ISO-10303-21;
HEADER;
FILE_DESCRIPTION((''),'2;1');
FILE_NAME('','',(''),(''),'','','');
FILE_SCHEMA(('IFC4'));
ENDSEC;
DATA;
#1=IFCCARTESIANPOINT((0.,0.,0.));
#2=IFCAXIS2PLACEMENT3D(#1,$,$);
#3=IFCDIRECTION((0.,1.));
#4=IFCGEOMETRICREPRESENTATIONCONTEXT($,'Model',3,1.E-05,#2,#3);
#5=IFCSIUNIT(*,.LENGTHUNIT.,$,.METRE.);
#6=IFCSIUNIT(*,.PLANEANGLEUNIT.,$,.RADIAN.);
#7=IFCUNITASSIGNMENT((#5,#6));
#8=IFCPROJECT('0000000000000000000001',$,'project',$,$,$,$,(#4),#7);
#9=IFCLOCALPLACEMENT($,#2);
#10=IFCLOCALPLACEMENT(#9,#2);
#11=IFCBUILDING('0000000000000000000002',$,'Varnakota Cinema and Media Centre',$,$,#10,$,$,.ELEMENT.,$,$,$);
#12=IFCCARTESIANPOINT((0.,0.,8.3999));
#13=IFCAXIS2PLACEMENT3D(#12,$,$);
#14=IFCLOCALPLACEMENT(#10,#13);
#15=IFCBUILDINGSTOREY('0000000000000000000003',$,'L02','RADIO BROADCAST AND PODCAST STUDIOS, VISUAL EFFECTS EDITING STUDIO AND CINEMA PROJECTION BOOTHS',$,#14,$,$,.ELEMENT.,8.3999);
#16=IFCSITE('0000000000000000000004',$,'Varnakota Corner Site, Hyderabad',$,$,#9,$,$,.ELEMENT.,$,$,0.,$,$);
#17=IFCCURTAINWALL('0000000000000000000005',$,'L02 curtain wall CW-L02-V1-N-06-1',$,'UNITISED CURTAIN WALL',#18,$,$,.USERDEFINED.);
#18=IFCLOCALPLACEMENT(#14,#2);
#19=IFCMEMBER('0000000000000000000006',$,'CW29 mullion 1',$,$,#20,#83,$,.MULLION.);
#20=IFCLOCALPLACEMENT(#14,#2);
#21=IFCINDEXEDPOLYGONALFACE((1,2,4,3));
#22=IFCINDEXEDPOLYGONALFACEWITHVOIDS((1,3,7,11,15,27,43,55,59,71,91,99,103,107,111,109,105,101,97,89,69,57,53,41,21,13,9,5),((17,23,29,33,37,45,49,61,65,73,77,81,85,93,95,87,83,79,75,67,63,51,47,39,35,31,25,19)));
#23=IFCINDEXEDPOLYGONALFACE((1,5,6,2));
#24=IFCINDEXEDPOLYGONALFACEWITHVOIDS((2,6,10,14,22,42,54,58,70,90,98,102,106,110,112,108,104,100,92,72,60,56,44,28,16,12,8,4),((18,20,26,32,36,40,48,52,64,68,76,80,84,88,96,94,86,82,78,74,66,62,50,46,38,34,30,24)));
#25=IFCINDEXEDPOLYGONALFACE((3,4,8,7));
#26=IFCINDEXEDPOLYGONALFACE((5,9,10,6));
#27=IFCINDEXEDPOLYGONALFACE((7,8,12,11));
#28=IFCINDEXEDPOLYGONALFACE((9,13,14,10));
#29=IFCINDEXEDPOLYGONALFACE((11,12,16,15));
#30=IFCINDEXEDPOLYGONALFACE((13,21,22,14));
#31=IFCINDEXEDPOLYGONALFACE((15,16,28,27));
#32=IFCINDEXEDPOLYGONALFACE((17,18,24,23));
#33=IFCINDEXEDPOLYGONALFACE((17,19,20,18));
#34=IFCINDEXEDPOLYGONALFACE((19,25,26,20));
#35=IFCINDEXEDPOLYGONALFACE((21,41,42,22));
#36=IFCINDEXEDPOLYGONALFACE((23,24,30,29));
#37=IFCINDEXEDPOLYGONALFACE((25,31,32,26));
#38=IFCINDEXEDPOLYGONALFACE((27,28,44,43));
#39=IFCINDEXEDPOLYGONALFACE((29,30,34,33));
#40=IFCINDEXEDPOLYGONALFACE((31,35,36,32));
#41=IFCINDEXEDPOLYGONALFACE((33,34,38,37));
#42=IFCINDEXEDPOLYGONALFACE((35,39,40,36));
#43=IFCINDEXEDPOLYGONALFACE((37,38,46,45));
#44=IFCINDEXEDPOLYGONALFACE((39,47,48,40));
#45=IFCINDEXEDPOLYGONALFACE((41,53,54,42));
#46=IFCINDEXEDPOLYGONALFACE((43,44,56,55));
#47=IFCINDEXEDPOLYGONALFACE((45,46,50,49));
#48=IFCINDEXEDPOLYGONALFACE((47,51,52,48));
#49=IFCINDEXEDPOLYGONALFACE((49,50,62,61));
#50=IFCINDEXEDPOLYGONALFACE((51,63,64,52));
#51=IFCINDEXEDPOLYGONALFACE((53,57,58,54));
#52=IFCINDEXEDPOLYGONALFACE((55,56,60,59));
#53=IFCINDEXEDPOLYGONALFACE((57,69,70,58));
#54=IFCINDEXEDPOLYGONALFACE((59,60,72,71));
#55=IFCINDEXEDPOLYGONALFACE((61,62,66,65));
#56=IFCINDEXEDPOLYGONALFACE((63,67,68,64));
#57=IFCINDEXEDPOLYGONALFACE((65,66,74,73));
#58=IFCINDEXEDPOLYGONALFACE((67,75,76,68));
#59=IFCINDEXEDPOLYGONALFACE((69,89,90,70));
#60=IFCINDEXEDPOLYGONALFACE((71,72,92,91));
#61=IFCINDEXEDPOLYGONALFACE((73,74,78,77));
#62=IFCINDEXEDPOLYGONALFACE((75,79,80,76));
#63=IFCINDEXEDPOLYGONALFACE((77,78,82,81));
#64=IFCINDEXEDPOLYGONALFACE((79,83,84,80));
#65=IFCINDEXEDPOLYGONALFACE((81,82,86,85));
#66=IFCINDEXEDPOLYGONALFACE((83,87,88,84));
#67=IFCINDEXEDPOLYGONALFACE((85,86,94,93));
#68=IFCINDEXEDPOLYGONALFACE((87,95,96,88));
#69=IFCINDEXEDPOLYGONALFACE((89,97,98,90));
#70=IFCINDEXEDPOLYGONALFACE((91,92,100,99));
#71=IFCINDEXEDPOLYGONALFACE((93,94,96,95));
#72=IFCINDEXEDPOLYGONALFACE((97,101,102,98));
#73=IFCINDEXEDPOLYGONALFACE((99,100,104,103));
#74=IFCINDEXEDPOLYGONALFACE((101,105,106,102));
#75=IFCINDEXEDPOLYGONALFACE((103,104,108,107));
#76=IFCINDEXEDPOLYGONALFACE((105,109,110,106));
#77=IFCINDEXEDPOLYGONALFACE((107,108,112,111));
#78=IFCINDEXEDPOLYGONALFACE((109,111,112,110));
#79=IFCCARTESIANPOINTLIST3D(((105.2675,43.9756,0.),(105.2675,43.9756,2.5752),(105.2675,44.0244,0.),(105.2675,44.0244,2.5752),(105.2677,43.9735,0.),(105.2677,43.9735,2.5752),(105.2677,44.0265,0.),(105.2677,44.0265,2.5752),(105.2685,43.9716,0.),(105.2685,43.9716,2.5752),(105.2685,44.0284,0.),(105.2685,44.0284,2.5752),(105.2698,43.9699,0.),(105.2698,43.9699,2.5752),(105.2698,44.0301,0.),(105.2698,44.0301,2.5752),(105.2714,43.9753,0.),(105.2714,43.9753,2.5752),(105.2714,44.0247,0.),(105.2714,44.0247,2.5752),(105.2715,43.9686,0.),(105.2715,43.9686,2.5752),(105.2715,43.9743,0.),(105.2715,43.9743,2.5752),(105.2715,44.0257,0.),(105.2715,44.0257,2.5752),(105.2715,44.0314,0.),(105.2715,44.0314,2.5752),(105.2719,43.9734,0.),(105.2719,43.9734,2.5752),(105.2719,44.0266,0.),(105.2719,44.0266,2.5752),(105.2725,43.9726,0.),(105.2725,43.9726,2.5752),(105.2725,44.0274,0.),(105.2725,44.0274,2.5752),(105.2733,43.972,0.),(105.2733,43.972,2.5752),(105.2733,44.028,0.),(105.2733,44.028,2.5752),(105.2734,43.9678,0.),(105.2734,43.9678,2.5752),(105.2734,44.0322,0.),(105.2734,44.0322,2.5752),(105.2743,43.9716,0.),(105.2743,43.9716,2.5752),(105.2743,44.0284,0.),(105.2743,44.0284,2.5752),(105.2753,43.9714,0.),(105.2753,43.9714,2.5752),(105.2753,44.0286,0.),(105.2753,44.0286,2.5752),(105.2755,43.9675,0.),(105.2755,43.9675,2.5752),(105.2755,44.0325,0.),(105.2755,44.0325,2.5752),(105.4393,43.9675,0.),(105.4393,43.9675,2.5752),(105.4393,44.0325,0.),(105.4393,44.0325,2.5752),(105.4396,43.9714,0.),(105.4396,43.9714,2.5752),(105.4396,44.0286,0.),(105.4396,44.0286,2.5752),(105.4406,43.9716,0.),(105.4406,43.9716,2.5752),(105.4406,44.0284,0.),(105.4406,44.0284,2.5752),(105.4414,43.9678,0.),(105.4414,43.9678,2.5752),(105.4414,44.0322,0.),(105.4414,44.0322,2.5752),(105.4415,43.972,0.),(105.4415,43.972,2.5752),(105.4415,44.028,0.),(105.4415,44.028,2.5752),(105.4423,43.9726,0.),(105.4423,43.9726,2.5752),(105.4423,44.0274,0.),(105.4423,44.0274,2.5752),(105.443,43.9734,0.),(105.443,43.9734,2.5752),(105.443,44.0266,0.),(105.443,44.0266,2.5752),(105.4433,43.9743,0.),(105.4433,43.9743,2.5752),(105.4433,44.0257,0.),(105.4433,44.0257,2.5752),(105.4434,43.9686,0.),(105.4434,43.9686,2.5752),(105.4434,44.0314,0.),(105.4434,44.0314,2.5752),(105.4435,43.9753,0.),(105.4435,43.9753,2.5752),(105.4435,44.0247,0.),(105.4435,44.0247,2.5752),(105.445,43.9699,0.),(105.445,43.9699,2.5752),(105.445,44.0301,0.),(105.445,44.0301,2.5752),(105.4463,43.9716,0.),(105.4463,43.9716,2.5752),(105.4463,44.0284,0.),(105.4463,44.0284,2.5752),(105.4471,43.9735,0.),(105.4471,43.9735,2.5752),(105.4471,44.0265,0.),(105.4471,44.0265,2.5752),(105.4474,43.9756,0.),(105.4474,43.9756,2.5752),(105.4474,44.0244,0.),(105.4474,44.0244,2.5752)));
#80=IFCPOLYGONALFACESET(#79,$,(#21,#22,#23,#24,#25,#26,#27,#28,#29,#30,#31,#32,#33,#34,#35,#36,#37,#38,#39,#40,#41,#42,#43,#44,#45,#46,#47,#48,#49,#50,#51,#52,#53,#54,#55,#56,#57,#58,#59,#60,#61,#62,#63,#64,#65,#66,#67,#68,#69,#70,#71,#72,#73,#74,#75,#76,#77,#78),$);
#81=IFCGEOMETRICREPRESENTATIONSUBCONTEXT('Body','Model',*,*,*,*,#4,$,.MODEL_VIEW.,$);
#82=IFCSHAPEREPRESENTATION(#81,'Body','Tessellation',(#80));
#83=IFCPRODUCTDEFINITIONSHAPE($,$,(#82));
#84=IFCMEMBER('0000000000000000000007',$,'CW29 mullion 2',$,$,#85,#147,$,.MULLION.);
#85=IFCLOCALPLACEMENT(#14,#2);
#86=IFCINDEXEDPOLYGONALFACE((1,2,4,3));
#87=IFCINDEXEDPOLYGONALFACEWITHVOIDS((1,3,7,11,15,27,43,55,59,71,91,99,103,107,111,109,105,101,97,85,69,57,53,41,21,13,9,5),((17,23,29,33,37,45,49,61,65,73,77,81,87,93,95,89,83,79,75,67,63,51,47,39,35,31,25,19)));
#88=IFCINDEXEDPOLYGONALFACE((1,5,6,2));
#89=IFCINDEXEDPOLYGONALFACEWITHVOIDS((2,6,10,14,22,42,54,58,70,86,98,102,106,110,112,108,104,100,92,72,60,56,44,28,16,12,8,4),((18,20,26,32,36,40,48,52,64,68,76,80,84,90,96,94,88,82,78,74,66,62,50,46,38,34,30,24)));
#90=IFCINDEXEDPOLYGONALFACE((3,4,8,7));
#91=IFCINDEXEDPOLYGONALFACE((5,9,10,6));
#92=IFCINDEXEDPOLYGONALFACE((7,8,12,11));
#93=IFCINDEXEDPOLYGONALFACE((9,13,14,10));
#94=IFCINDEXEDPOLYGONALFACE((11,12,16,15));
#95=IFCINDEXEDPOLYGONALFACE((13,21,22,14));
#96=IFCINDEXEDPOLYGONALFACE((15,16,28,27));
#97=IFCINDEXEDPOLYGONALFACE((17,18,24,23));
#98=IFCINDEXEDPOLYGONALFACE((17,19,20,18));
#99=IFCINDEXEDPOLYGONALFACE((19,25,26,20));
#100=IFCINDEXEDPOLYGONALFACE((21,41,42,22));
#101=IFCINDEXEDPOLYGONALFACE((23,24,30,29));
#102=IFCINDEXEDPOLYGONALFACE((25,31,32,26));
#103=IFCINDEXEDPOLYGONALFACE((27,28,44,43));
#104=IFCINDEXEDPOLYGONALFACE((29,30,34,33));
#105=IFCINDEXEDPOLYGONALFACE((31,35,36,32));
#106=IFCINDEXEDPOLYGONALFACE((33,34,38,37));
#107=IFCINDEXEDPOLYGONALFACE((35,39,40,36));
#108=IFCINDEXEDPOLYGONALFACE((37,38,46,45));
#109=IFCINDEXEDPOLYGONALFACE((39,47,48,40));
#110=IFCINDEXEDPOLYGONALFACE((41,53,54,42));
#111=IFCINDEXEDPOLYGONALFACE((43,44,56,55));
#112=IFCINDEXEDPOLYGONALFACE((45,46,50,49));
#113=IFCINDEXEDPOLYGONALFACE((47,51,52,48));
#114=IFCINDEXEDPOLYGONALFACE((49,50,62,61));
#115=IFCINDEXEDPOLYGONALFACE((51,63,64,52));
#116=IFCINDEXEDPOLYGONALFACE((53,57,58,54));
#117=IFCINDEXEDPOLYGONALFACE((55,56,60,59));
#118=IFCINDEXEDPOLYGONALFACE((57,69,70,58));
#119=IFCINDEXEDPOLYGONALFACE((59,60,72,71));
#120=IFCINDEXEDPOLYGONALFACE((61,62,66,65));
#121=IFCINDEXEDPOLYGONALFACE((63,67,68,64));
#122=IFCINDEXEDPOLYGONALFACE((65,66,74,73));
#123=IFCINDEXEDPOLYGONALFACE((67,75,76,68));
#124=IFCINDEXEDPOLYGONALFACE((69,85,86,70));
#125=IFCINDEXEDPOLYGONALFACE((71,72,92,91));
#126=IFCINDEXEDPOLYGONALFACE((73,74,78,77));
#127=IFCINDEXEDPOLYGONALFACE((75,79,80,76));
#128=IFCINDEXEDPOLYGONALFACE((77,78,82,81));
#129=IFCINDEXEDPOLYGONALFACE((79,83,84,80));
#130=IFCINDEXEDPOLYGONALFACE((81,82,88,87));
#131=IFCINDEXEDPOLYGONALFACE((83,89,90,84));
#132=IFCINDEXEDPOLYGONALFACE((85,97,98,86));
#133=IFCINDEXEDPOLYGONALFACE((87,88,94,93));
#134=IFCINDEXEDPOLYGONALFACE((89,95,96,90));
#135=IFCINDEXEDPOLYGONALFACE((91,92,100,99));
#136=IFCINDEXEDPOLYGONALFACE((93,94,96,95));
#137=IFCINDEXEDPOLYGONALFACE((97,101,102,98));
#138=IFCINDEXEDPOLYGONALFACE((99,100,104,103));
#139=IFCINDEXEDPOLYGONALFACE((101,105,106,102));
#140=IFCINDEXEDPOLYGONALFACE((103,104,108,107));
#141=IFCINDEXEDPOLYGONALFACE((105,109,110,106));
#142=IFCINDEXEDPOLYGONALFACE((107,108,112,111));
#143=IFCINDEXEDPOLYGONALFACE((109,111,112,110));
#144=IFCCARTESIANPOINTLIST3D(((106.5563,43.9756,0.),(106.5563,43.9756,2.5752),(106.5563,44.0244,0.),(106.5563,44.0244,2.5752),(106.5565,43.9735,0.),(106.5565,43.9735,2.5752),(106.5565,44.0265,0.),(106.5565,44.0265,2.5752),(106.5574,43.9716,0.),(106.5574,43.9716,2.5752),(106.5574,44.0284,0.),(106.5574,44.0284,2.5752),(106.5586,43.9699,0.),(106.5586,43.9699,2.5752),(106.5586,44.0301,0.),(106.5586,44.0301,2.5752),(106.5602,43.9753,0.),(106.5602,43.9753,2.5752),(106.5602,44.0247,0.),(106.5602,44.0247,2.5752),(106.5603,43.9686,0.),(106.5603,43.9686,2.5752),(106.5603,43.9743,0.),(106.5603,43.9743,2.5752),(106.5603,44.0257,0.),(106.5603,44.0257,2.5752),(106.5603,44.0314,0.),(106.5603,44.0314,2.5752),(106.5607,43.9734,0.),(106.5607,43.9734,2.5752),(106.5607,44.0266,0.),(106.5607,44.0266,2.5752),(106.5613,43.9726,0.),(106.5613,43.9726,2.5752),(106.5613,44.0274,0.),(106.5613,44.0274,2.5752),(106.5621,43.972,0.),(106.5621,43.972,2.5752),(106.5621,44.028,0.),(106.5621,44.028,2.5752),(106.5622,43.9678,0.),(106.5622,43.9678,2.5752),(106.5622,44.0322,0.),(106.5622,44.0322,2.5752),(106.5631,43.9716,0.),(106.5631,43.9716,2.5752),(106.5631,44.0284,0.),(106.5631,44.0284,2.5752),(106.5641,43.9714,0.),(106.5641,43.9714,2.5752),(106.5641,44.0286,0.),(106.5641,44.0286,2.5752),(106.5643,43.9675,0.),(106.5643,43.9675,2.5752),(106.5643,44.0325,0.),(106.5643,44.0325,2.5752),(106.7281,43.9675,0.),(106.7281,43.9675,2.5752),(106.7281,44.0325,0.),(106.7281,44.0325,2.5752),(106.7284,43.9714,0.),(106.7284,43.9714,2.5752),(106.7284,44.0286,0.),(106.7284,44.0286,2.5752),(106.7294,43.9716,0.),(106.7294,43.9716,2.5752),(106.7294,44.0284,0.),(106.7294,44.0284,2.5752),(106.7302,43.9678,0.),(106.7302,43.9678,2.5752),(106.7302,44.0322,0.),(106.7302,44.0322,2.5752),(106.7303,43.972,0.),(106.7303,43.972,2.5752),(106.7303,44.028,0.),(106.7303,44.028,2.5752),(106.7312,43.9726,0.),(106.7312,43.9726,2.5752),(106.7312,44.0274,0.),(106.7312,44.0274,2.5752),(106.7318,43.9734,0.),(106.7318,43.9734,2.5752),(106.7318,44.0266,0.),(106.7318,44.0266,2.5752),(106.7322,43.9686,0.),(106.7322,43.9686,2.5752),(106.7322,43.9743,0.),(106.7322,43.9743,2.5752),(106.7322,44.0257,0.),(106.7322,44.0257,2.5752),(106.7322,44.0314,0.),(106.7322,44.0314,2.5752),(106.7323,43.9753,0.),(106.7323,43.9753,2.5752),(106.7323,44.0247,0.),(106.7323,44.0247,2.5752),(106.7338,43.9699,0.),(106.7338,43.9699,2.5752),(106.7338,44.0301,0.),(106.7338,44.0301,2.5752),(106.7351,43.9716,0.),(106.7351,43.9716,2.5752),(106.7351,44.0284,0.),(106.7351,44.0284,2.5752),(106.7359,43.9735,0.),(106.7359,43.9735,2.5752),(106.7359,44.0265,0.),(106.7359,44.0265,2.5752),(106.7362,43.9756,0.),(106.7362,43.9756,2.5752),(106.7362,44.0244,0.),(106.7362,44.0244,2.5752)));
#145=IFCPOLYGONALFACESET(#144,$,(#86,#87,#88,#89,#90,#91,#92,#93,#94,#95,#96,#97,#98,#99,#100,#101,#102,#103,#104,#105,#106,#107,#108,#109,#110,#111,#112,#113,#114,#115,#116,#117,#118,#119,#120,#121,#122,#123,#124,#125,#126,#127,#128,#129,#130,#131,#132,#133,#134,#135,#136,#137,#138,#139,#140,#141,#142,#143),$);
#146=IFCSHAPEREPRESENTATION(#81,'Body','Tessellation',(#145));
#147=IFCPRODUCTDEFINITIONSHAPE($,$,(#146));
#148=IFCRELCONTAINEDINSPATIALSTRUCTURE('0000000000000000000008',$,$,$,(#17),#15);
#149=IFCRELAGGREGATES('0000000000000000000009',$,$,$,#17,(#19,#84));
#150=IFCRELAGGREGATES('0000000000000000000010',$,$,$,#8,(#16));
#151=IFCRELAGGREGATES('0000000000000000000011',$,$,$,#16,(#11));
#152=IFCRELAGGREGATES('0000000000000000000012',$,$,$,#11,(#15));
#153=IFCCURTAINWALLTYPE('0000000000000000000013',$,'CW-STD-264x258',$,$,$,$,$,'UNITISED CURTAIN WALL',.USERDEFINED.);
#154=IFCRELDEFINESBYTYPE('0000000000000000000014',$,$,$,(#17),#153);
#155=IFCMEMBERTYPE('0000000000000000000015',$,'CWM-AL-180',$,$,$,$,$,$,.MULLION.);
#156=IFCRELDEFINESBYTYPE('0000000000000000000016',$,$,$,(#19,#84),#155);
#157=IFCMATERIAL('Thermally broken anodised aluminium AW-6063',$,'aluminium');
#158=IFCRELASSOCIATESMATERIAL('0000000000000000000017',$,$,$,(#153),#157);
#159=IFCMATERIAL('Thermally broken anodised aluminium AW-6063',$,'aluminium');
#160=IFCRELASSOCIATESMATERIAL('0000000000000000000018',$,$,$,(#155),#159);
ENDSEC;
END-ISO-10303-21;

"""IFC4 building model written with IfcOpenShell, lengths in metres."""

from ifc_helpers import new_model, si_unit, direction, frame, origin, origin_2d, place, context, subcontext, project, spatial, hollow_rectangle, extrude, material, material_profile, profile_set, type_object, element, aggregate, save


model = new_model("IFC4")

# Units and contexts
model_context = context("Model", 3, precision=1e-05, world=origin(), true_north=direction((0.0, 1.0)))
body_context = subcontext(model_context, "Body", "Model", "MODEL_VIEW")
ifc_project = project(units=[si_unit("LENGTHUNIT", "METRE"), si_unit("PLANEANGLEUNIT", "RADIAN")], contexts=[model_context])

# Site, building, storey
site_placement = place(None, origin())
site = spatial("IfcSite", under=ifc_project, at=site_placement, Name="Varnakota Corner Site, Hyderabad", CompositionType="ELEMENT", RefElevation=0.0)
building_placement = place(site_placement, origin())
building = spatial("IfcBuilding", under=site, at=building_placement, Name="Varnakota Cinema and Media Centre", CompositionType="ELEMENT")
storey_placement = place(building_placement, frame((0.0, 0.0, 8.3999)))
storey = spatial("IfcBuildingStorey", under=building, at=storey_placement, Name="L02", Description="RADIO BROADCAST AND PODCAST STUDIOS, VISUAL EFFECTS EDITING STUDIO AND CINEMA PROJECTION BOOTHS", CompositionType="ELEMENT", Elevation=8.3999)

# Curtain wall, members
ifc_material_1 = material(Name="Thermally broken anodised aluminium AW-6063", Category="aluminium")
curtain_wall_type = type_object("IfcCurtainWallType", Name="CW-STD-264x258", ElementType="UNITISED CURTAIN WALL", PredefinedType="USERDEFINED", material=ifc_material_1)
ifc_material_2 = material(Name="Thermally broken anodised aluminium AW-6063", Category="aluminium")
ifc_material_profile_1 = material_profile(ifc_material_2, hollow_rectangle(XDim=0.0649, YDim=0.1799, WallThickness=0.0039, InnerFilletRadius=0.0039, OuterFilletRadius=0.0081, at=origin_2d()), Name="AL-MULLION 180x65x4")
ifc_profile_set_1 = profile_set([ifc_material_profile_1], Name="Thermally broken anodised aluminium AW-6063")
member_type_1 = type_object("IfcMemberType", Name="CWM-AL-180", PredefinedType="MULLION", material=ifc_profile_set_1)
curtain_wall_1_placement = place(storey_placement, origin())
curtain_wall_1 = element("IfcCurtainWall", 1, at=curtain_wall_1_placement, inside=storey, type_object=curtain_wall_type, Name="L02 curtain wall CW-L02-V1-N-06-1", ObjectType="UNITISED CURTAIN WALL", PredefinedType="USERDEFINED")
member_1_placement = place(storey_placement, frame((105.3574, 44.0, 0.0), z_axis=(0.0, 0.0, 1.0), x_axis=(0.0, 1.0, 0.0)))
member_1 = element("IfcMember", 2, at=member_1_placement, type_object=member_type_1, Name="CW29 mullion 1", PredefinedType="MULLION", context=body_context, shape_type="SweptSolid", body=[
    extrude(hollow_rectangle(XDim=0.0649, YDim=0.1799, WallThickness=0.0039, InnerFilletRadius=0.0039, OuterFilletRadius=0.0081, at=origin_2d()), origin(), (0.0, 0.0, 1.0), 2.5752),
])
member_2_placement = place(storey_placement, frame((106.6462, 44.0, 0.0), z_axis=(0.0, 0.0, 1.0), x_axis=(0.0, 1.0, 0.0)))
member_2 = element("IfcMember", 3, at=member_2_placement, type_object=member_type_1, Name="CW29 mullion 2", PredefinedType="MULLION", context=body_context, shape_type="SweptSolid", body=[
    extrude(hollow_rectangle(XDim=0.0649, YDim=0.1799, WallThickness=0.0039, InnerFilletRadius=0.0039, OuterFilletRadius=0.0081, at=origin_2d()), origin(), (0.0, 0.0, 1.0), 2.5752),
])

aggregate(curtain_wall_1, [member_1, member_2])

save(model, "model.ifc")
